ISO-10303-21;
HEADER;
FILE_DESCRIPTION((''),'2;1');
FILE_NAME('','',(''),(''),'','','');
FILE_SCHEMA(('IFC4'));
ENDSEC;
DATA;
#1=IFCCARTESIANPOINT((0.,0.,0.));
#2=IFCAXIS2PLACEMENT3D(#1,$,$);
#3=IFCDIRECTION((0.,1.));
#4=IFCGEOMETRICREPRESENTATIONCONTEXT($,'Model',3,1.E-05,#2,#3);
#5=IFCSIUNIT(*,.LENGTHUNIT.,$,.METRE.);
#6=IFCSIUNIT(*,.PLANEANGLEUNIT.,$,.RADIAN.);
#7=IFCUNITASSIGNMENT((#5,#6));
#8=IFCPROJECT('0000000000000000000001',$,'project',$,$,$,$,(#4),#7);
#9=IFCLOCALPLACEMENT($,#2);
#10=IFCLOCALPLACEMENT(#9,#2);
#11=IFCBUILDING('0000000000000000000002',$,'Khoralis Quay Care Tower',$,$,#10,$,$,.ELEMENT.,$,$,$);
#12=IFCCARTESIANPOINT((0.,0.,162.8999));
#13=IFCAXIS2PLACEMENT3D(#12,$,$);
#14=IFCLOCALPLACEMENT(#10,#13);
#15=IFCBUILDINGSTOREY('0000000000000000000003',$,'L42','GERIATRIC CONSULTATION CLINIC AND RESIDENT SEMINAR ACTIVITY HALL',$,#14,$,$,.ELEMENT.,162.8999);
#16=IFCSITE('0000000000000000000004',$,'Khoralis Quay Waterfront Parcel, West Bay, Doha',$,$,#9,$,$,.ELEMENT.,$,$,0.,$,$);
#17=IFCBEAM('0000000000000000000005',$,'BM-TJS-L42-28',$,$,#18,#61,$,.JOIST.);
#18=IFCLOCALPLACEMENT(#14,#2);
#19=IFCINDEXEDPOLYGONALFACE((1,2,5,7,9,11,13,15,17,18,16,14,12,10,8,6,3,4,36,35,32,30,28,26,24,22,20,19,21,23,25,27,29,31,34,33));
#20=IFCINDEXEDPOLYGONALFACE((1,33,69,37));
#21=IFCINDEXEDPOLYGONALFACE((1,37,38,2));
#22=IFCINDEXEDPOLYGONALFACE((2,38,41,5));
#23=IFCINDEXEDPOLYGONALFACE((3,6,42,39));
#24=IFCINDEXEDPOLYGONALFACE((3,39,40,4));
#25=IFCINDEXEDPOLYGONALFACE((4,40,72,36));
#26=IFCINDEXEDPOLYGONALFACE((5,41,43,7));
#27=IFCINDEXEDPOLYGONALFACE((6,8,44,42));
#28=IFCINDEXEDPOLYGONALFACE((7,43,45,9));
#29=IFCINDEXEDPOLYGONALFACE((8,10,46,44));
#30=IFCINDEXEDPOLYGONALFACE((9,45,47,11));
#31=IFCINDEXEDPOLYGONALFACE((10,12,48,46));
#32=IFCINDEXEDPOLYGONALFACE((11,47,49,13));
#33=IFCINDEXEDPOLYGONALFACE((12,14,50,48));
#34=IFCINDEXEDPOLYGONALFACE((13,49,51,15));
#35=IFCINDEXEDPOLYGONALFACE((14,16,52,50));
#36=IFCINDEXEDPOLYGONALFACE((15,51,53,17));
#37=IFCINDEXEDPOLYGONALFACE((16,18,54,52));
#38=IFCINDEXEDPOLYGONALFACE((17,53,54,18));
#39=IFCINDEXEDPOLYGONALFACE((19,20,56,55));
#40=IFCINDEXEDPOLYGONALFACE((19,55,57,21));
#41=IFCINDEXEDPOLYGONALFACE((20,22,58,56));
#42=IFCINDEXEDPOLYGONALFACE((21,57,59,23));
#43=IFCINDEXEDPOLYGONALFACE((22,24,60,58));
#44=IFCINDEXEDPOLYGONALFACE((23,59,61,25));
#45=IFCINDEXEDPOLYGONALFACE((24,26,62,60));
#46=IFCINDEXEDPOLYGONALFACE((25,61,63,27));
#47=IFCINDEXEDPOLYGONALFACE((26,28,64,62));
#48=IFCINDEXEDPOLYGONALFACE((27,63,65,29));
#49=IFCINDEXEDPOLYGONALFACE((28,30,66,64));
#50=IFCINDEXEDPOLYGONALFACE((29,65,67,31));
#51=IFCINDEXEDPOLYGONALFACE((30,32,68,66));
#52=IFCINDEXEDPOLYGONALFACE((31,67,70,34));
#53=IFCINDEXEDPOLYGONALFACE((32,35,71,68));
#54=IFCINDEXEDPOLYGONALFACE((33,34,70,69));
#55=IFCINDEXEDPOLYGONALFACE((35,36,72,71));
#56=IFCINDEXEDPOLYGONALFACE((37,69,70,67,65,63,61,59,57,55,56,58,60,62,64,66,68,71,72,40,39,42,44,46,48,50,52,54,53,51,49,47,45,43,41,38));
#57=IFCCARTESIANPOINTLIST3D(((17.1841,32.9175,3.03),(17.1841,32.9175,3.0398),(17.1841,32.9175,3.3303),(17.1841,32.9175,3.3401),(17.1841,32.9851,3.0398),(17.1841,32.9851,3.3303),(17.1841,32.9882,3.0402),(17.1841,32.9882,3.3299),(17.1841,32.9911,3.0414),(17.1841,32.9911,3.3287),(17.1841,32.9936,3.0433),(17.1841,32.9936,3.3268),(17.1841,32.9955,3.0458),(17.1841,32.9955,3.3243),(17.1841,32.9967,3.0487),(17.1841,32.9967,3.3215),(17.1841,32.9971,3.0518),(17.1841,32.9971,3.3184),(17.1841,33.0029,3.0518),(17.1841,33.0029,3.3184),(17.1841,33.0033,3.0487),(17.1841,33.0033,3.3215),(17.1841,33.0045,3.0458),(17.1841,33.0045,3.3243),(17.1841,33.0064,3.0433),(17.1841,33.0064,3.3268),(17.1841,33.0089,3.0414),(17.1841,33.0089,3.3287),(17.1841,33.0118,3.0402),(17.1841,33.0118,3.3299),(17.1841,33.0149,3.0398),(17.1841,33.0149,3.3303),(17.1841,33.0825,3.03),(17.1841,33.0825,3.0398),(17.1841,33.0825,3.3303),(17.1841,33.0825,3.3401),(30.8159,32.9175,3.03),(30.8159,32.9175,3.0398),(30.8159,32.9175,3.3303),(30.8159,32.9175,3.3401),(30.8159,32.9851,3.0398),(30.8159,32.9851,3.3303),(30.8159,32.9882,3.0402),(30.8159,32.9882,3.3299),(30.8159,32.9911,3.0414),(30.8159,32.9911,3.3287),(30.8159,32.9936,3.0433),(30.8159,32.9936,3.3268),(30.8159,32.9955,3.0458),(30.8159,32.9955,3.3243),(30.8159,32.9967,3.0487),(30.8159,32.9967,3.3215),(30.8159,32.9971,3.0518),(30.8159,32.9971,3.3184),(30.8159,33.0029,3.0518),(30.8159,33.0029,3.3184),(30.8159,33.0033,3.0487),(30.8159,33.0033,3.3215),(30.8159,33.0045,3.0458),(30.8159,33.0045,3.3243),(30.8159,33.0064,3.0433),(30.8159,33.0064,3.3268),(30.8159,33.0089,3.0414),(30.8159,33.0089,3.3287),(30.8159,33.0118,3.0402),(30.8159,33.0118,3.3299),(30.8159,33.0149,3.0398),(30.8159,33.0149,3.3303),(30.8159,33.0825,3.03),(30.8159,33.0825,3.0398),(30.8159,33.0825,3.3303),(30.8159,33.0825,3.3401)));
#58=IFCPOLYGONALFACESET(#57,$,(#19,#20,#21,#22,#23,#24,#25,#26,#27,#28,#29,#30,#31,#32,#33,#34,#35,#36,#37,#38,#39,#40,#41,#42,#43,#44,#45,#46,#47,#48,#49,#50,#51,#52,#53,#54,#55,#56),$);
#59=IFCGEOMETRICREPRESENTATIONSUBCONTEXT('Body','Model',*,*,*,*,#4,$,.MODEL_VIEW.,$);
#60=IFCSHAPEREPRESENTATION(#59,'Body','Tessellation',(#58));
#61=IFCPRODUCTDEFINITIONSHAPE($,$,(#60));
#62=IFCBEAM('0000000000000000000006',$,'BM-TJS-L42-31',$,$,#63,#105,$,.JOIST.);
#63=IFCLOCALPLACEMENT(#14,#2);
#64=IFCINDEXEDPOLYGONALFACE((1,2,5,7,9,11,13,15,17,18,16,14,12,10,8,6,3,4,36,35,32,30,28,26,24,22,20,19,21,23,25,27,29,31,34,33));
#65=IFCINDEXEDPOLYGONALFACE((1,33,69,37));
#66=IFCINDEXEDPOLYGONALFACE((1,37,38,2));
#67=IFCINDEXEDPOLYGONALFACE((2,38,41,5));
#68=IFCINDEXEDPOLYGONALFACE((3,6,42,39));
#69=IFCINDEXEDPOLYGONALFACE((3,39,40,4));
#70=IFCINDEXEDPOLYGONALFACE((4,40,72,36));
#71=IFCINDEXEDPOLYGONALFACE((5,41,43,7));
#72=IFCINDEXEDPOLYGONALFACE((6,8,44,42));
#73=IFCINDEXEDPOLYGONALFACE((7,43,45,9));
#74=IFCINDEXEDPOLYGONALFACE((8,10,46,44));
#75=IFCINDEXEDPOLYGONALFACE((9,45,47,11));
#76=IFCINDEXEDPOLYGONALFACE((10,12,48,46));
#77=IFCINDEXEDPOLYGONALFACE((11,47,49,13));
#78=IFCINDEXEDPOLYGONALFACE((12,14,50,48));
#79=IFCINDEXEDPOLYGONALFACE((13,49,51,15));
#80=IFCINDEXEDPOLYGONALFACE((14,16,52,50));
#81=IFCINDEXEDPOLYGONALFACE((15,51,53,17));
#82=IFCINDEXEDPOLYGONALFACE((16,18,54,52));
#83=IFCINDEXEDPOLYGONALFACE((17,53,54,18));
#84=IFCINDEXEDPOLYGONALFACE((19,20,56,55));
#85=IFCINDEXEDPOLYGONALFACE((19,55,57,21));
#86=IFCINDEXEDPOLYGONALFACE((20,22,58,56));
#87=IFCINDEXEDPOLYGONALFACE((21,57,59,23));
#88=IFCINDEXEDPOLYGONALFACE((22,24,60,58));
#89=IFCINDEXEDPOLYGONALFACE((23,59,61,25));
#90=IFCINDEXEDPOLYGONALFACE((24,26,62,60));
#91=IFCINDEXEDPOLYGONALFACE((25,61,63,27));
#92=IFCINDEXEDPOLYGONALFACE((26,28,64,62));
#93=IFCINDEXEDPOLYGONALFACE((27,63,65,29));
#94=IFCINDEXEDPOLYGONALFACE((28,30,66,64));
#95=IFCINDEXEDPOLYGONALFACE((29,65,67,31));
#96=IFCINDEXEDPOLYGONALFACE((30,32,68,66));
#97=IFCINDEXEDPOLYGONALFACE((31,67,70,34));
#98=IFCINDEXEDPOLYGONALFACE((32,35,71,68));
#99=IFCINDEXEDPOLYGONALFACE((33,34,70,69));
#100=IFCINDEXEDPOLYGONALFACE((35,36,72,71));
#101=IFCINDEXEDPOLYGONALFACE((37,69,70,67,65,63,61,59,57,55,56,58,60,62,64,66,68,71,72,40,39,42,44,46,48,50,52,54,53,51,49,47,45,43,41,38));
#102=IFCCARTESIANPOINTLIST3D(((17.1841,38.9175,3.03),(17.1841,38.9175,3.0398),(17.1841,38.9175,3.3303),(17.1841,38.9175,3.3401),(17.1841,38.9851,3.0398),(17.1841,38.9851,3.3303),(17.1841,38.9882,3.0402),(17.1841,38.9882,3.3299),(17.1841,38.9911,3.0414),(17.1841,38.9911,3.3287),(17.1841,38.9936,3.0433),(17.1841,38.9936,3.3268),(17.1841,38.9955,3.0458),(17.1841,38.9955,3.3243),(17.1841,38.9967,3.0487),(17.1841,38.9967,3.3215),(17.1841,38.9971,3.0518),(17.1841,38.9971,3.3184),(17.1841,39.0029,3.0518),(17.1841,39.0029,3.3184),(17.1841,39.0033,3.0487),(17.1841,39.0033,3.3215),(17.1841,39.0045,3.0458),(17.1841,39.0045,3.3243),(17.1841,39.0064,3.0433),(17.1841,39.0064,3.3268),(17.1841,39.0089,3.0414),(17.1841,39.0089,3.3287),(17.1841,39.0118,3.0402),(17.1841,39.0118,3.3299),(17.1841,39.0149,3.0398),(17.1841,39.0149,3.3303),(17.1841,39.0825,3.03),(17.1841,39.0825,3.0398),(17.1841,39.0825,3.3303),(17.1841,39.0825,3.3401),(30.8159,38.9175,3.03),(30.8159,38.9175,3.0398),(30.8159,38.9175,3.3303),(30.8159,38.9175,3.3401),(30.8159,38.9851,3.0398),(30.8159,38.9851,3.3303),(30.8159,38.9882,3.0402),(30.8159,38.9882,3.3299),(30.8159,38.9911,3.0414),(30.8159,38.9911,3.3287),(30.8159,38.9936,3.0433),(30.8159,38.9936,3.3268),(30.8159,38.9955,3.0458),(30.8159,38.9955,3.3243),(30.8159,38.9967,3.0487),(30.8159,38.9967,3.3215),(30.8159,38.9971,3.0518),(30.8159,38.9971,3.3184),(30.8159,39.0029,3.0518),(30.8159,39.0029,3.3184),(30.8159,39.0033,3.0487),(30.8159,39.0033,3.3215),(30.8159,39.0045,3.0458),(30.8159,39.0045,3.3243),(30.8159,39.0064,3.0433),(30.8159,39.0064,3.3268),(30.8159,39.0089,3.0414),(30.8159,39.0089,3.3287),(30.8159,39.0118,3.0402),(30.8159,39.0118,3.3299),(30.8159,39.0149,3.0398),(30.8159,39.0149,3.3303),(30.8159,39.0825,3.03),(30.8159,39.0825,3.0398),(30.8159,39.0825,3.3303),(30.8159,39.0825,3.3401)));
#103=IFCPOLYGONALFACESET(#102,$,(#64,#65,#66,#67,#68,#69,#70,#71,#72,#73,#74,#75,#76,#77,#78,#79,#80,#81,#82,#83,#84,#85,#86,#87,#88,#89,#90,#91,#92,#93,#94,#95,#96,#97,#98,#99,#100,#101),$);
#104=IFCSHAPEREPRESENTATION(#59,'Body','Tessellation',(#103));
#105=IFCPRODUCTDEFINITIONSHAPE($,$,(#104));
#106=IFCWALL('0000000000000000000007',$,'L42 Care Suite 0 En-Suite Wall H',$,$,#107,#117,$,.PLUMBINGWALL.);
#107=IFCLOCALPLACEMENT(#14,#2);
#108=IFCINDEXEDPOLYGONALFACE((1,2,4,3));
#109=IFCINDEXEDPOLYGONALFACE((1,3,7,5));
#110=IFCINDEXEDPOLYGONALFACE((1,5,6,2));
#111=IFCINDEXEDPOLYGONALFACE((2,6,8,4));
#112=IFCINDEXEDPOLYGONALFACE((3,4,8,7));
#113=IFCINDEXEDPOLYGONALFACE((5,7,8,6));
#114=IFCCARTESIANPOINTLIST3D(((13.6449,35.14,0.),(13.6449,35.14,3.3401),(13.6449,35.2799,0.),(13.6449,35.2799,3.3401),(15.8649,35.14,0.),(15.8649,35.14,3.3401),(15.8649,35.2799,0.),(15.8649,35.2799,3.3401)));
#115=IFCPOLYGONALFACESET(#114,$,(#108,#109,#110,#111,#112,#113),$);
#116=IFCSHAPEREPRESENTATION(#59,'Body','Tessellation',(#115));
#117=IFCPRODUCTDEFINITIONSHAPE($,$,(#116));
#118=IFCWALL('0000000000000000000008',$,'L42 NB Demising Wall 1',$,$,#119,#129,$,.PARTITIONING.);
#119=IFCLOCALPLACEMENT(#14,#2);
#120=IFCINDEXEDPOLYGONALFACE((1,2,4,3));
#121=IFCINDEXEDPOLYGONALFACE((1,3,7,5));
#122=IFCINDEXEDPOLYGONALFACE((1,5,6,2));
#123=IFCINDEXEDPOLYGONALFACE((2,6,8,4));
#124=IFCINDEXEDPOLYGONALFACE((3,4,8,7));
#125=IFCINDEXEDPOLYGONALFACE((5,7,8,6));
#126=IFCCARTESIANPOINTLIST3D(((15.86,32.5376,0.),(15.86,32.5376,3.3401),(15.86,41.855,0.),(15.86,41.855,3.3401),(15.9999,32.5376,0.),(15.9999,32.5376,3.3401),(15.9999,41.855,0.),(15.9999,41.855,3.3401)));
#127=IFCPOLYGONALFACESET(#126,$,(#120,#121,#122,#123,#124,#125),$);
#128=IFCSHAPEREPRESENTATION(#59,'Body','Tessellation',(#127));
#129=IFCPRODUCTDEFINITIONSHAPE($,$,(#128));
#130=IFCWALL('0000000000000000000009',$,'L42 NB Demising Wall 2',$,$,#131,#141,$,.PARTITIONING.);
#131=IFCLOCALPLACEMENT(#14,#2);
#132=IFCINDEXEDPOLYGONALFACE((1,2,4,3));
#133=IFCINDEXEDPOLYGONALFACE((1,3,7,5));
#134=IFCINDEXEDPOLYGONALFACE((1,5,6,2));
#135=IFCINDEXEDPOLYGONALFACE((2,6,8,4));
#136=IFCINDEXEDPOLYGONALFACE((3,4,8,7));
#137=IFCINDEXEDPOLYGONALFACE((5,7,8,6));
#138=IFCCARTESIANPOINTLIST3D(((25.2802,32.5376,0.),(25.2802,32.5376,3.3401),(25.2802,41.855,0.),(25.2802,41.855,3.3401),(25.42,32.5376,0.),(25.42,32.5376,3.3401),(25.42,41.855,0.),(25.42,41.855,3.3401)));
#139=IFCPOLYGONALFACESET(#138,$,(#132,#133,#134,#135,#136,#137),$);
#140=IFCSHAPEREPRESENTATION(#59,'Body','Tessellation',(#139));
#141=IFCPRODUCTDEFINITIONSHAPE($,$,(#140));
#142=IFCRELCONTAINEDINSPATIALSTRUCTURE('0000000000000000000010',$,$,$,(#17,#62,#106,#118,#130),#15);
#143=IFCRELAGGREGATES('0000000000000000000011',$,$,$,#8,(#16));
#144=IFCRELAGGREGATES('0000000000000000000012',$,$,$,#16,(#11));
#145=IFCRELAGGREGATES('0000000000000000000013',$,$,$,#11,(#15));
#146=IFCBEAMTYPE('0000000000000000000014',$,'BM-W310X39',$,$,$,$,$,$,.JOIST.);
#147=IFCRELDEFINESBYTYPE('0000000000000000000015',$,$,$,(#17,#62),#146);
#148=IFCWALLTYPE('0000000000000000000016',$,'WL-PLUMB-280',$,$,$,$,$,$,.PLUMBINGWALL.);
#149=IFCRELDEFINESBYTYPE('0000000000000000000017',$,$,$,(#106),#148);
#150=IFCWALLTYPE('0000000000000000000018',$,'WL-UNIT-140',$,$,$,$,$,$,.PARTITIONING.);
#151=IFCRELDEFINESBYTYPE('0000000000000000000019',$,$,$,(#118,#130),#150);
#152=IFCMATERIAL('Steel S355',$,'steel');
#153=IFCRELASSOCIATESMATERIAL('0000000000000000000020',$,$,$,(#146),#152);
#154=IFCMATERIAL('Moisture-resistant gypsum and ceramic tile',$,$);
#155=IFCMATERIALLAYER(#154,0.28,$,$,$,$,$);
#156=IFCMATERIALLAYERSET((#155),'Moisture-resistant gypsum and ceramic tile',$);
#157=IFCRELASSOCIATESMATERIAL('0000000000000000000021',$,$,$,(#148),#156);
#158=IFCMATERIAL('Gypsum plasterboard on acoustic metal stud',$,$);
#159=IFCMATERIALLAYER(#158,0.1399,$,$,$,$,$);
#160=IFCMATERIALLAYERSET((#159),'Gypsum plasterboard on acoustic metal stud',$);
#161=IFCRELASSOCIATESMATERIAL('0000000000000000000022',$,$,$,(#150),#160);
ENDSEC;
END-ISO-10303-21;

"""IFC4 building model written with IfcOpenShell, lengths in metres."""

from ifc_helpers import new_model, si_unit, direction, frame, frame_2d, origin, origin_2d, place, context, subcontext, project, spatial, rectangle, i_section, extrude, source, transform, mapped, material, layer, layer_set, material_profile, profile_set, type_object, element, save


model = new_model("IFC4")

# Units and contexts
model_context = context("Model", 3, precision=1e-05, world=origin(), true_north=direction((0.0, 1.0)))
body_context = subcontext(model_context, "Body", "Model", "MODEL_VIEW")
ifc_project = project(units=[si_unit("LENGTHUNIT", "METRE"), si_unit("PLANEANGLEUNIT", "RADIAN")], contexts=[model_context])

# Site, building, storey
site_placement = place(None, origin())
site = spatial("IfcSite", under=ifc_project, at=site_placement, Name="Khoralis Quay Waterfront Parcel, West Bay, Doha", CompositionType="ELEMENT", RefElevation=0.0)
building_placement = place(site_placement, origin())
building = spatial("IfcBuilding", under=site, at=building_placement, Name="Khoralis Quay Care Tower", CompositionType="ELEMENT")
storey_placement = place(building_placement, frame((0.0, 0.0, 162.8999)))
storey = spatial("IfcBuildingStorey", under=building, at=storey_placement, Name="L42", Description="GERIATRIC CONSULTATION CLINIC AND RESIDENT SEMINAR ACTIVITY HALL", CompositionType="ELEMENT", Elevation=162.8999)

# Beams
ifc_material_1 = material(Name="Steel S355", Category="steel")
ifc_material_profile_1 = material_profile(ifc_material_1, i_section(OverallWidth=0.165, OverallDepth=0.3101, WebThickness=0.0059, FlangeThickness=0.0098, FilletRadius=0.012, at=origin_2d()), Name="Steel S355")
ifc_profile_set_1 = profile_set([ifc_material_profile_1], Name="Steel S355")
beam_type_1 = type_object("IfcBeamType", Name="BM-W310X39", PredefinedType="JOIST", material=ifc_profile_set_1)
shared_shape_1 = source(origin(), body_context, "Body", "SweptSolid", [
    extrude(i_section(OverallWidth=0.165, OverallDepth=0.3101, WebThickness=0.0059, FlangeThickness=0.0098, FilletRadius=0.012, at=origin_2d()), origin(), (0.0, 0.0, 1.0), 13.6318),
])
for number, where, z_axis, x_axis, name in (
    (1, (17.1841, 33.0, 3.1851), (1.0, 0.0, 0.0), (0.0, 1.0, 0.0), "BM-TJS-L42-28"),
    (2, (17.1841, 39.0, 3.1851), (1.0, 0.0, 0.0), (0.0, 1.0, 0.0), "BM-TJS-L42-31"),
):
    element("IfcBeam", number, at=place(storey_placement, frame(where, z_axis=z_axis, x_axis=x_axis)), inside=storey, type_object=beam_type_1, Name=name, PredefinedType="JOIST", context=body_context, shape_type="MappedRepresentation", body=[
        mapped(shared_shape_1, transform((0.0, 0.0, 0.0), scale=1.0)),
    ])

# Walls
ifc_material_2 = material(Name="Moisture-resistant gypsum and ceramic tile")
ifc_layer_1 = layer(ifc_material_2, 0.28)
ifc_layer_set_1 = layer_set([ifc_layer_1], Name="Moisture-resistant gypsum and ceramic tile")
wall_type_1 = type_object("IfcWallType", Name="WL-PLUMB-280", PredefinedType="PLUMBINGWALL", material=ifc_layer_set_1)
wall_placement = place(storey_placement, frame((13.645, 35.21, 0.0), z_axis=(0.0, 0.0, 1.0), x_axis=(1.0, 0.0, 0.0)))
element("IfcWall", 3, at=wall_placement, inside=storey, type_object=wall_type_1, Name="L42 Care Suite 0 En-Suite Wall H", PredefinedType="PLUMBINGWALL", context=body_context, shape_type="SweptSolid", body=[
    extrude(rectangle(XDim=2.22, YDim=0.1399, at=frame_2d((1.1099, 0.0))), origin(), (0.0, 0.0, 1.0), 3.3401),
])
ifc_material_3 = material(Name="Gypsum plasterboard on acoustic metal stud")
ifc_layer_2 = layer(ifc_material_3, 0.1399)
ifc_layer_set_2 = layer_set([ifc_layer_2], Name="Gypsum plasterboard on acoustic metal stud")
wall_type_2 = type_object("IfcWallType", Name="WL-UNIT-140", PredefinedType="PARTITIONING", material=ifc_layer_set_2)
for number, where, z_axis, x_axis, name in (
    (4, (15.9299, 32.5376, 0.0), (0.0, 0.0, 1.0), (0.0, 1.0, 0.0), "L42 NB Demising Wall 1"),
    (5, (25.3501, 32.5376, 0.0), (0.0, 0.0, 1.0), (0.0, 1.0, 0.0), "L42 NB Demising Wall 2"),
):
    element("IfcWall", number, at=place(storey_placement, frame(where, z_axis=z_axis, x_axis=x_axis)), inside=storey, type_object=wall_type_2, Name=name, PredefinedType="PARTITIONING", context=body_context, shape_type="SweptSolid", body=[
        extrude(rectangle(XDim=9.3174, YDim=0.1399, at=frame_2d((4.6587, 0.0))), origin(), (0.0, 0.0, 1.0), 3.3401),
    ])

save(model, "model.ifc")
